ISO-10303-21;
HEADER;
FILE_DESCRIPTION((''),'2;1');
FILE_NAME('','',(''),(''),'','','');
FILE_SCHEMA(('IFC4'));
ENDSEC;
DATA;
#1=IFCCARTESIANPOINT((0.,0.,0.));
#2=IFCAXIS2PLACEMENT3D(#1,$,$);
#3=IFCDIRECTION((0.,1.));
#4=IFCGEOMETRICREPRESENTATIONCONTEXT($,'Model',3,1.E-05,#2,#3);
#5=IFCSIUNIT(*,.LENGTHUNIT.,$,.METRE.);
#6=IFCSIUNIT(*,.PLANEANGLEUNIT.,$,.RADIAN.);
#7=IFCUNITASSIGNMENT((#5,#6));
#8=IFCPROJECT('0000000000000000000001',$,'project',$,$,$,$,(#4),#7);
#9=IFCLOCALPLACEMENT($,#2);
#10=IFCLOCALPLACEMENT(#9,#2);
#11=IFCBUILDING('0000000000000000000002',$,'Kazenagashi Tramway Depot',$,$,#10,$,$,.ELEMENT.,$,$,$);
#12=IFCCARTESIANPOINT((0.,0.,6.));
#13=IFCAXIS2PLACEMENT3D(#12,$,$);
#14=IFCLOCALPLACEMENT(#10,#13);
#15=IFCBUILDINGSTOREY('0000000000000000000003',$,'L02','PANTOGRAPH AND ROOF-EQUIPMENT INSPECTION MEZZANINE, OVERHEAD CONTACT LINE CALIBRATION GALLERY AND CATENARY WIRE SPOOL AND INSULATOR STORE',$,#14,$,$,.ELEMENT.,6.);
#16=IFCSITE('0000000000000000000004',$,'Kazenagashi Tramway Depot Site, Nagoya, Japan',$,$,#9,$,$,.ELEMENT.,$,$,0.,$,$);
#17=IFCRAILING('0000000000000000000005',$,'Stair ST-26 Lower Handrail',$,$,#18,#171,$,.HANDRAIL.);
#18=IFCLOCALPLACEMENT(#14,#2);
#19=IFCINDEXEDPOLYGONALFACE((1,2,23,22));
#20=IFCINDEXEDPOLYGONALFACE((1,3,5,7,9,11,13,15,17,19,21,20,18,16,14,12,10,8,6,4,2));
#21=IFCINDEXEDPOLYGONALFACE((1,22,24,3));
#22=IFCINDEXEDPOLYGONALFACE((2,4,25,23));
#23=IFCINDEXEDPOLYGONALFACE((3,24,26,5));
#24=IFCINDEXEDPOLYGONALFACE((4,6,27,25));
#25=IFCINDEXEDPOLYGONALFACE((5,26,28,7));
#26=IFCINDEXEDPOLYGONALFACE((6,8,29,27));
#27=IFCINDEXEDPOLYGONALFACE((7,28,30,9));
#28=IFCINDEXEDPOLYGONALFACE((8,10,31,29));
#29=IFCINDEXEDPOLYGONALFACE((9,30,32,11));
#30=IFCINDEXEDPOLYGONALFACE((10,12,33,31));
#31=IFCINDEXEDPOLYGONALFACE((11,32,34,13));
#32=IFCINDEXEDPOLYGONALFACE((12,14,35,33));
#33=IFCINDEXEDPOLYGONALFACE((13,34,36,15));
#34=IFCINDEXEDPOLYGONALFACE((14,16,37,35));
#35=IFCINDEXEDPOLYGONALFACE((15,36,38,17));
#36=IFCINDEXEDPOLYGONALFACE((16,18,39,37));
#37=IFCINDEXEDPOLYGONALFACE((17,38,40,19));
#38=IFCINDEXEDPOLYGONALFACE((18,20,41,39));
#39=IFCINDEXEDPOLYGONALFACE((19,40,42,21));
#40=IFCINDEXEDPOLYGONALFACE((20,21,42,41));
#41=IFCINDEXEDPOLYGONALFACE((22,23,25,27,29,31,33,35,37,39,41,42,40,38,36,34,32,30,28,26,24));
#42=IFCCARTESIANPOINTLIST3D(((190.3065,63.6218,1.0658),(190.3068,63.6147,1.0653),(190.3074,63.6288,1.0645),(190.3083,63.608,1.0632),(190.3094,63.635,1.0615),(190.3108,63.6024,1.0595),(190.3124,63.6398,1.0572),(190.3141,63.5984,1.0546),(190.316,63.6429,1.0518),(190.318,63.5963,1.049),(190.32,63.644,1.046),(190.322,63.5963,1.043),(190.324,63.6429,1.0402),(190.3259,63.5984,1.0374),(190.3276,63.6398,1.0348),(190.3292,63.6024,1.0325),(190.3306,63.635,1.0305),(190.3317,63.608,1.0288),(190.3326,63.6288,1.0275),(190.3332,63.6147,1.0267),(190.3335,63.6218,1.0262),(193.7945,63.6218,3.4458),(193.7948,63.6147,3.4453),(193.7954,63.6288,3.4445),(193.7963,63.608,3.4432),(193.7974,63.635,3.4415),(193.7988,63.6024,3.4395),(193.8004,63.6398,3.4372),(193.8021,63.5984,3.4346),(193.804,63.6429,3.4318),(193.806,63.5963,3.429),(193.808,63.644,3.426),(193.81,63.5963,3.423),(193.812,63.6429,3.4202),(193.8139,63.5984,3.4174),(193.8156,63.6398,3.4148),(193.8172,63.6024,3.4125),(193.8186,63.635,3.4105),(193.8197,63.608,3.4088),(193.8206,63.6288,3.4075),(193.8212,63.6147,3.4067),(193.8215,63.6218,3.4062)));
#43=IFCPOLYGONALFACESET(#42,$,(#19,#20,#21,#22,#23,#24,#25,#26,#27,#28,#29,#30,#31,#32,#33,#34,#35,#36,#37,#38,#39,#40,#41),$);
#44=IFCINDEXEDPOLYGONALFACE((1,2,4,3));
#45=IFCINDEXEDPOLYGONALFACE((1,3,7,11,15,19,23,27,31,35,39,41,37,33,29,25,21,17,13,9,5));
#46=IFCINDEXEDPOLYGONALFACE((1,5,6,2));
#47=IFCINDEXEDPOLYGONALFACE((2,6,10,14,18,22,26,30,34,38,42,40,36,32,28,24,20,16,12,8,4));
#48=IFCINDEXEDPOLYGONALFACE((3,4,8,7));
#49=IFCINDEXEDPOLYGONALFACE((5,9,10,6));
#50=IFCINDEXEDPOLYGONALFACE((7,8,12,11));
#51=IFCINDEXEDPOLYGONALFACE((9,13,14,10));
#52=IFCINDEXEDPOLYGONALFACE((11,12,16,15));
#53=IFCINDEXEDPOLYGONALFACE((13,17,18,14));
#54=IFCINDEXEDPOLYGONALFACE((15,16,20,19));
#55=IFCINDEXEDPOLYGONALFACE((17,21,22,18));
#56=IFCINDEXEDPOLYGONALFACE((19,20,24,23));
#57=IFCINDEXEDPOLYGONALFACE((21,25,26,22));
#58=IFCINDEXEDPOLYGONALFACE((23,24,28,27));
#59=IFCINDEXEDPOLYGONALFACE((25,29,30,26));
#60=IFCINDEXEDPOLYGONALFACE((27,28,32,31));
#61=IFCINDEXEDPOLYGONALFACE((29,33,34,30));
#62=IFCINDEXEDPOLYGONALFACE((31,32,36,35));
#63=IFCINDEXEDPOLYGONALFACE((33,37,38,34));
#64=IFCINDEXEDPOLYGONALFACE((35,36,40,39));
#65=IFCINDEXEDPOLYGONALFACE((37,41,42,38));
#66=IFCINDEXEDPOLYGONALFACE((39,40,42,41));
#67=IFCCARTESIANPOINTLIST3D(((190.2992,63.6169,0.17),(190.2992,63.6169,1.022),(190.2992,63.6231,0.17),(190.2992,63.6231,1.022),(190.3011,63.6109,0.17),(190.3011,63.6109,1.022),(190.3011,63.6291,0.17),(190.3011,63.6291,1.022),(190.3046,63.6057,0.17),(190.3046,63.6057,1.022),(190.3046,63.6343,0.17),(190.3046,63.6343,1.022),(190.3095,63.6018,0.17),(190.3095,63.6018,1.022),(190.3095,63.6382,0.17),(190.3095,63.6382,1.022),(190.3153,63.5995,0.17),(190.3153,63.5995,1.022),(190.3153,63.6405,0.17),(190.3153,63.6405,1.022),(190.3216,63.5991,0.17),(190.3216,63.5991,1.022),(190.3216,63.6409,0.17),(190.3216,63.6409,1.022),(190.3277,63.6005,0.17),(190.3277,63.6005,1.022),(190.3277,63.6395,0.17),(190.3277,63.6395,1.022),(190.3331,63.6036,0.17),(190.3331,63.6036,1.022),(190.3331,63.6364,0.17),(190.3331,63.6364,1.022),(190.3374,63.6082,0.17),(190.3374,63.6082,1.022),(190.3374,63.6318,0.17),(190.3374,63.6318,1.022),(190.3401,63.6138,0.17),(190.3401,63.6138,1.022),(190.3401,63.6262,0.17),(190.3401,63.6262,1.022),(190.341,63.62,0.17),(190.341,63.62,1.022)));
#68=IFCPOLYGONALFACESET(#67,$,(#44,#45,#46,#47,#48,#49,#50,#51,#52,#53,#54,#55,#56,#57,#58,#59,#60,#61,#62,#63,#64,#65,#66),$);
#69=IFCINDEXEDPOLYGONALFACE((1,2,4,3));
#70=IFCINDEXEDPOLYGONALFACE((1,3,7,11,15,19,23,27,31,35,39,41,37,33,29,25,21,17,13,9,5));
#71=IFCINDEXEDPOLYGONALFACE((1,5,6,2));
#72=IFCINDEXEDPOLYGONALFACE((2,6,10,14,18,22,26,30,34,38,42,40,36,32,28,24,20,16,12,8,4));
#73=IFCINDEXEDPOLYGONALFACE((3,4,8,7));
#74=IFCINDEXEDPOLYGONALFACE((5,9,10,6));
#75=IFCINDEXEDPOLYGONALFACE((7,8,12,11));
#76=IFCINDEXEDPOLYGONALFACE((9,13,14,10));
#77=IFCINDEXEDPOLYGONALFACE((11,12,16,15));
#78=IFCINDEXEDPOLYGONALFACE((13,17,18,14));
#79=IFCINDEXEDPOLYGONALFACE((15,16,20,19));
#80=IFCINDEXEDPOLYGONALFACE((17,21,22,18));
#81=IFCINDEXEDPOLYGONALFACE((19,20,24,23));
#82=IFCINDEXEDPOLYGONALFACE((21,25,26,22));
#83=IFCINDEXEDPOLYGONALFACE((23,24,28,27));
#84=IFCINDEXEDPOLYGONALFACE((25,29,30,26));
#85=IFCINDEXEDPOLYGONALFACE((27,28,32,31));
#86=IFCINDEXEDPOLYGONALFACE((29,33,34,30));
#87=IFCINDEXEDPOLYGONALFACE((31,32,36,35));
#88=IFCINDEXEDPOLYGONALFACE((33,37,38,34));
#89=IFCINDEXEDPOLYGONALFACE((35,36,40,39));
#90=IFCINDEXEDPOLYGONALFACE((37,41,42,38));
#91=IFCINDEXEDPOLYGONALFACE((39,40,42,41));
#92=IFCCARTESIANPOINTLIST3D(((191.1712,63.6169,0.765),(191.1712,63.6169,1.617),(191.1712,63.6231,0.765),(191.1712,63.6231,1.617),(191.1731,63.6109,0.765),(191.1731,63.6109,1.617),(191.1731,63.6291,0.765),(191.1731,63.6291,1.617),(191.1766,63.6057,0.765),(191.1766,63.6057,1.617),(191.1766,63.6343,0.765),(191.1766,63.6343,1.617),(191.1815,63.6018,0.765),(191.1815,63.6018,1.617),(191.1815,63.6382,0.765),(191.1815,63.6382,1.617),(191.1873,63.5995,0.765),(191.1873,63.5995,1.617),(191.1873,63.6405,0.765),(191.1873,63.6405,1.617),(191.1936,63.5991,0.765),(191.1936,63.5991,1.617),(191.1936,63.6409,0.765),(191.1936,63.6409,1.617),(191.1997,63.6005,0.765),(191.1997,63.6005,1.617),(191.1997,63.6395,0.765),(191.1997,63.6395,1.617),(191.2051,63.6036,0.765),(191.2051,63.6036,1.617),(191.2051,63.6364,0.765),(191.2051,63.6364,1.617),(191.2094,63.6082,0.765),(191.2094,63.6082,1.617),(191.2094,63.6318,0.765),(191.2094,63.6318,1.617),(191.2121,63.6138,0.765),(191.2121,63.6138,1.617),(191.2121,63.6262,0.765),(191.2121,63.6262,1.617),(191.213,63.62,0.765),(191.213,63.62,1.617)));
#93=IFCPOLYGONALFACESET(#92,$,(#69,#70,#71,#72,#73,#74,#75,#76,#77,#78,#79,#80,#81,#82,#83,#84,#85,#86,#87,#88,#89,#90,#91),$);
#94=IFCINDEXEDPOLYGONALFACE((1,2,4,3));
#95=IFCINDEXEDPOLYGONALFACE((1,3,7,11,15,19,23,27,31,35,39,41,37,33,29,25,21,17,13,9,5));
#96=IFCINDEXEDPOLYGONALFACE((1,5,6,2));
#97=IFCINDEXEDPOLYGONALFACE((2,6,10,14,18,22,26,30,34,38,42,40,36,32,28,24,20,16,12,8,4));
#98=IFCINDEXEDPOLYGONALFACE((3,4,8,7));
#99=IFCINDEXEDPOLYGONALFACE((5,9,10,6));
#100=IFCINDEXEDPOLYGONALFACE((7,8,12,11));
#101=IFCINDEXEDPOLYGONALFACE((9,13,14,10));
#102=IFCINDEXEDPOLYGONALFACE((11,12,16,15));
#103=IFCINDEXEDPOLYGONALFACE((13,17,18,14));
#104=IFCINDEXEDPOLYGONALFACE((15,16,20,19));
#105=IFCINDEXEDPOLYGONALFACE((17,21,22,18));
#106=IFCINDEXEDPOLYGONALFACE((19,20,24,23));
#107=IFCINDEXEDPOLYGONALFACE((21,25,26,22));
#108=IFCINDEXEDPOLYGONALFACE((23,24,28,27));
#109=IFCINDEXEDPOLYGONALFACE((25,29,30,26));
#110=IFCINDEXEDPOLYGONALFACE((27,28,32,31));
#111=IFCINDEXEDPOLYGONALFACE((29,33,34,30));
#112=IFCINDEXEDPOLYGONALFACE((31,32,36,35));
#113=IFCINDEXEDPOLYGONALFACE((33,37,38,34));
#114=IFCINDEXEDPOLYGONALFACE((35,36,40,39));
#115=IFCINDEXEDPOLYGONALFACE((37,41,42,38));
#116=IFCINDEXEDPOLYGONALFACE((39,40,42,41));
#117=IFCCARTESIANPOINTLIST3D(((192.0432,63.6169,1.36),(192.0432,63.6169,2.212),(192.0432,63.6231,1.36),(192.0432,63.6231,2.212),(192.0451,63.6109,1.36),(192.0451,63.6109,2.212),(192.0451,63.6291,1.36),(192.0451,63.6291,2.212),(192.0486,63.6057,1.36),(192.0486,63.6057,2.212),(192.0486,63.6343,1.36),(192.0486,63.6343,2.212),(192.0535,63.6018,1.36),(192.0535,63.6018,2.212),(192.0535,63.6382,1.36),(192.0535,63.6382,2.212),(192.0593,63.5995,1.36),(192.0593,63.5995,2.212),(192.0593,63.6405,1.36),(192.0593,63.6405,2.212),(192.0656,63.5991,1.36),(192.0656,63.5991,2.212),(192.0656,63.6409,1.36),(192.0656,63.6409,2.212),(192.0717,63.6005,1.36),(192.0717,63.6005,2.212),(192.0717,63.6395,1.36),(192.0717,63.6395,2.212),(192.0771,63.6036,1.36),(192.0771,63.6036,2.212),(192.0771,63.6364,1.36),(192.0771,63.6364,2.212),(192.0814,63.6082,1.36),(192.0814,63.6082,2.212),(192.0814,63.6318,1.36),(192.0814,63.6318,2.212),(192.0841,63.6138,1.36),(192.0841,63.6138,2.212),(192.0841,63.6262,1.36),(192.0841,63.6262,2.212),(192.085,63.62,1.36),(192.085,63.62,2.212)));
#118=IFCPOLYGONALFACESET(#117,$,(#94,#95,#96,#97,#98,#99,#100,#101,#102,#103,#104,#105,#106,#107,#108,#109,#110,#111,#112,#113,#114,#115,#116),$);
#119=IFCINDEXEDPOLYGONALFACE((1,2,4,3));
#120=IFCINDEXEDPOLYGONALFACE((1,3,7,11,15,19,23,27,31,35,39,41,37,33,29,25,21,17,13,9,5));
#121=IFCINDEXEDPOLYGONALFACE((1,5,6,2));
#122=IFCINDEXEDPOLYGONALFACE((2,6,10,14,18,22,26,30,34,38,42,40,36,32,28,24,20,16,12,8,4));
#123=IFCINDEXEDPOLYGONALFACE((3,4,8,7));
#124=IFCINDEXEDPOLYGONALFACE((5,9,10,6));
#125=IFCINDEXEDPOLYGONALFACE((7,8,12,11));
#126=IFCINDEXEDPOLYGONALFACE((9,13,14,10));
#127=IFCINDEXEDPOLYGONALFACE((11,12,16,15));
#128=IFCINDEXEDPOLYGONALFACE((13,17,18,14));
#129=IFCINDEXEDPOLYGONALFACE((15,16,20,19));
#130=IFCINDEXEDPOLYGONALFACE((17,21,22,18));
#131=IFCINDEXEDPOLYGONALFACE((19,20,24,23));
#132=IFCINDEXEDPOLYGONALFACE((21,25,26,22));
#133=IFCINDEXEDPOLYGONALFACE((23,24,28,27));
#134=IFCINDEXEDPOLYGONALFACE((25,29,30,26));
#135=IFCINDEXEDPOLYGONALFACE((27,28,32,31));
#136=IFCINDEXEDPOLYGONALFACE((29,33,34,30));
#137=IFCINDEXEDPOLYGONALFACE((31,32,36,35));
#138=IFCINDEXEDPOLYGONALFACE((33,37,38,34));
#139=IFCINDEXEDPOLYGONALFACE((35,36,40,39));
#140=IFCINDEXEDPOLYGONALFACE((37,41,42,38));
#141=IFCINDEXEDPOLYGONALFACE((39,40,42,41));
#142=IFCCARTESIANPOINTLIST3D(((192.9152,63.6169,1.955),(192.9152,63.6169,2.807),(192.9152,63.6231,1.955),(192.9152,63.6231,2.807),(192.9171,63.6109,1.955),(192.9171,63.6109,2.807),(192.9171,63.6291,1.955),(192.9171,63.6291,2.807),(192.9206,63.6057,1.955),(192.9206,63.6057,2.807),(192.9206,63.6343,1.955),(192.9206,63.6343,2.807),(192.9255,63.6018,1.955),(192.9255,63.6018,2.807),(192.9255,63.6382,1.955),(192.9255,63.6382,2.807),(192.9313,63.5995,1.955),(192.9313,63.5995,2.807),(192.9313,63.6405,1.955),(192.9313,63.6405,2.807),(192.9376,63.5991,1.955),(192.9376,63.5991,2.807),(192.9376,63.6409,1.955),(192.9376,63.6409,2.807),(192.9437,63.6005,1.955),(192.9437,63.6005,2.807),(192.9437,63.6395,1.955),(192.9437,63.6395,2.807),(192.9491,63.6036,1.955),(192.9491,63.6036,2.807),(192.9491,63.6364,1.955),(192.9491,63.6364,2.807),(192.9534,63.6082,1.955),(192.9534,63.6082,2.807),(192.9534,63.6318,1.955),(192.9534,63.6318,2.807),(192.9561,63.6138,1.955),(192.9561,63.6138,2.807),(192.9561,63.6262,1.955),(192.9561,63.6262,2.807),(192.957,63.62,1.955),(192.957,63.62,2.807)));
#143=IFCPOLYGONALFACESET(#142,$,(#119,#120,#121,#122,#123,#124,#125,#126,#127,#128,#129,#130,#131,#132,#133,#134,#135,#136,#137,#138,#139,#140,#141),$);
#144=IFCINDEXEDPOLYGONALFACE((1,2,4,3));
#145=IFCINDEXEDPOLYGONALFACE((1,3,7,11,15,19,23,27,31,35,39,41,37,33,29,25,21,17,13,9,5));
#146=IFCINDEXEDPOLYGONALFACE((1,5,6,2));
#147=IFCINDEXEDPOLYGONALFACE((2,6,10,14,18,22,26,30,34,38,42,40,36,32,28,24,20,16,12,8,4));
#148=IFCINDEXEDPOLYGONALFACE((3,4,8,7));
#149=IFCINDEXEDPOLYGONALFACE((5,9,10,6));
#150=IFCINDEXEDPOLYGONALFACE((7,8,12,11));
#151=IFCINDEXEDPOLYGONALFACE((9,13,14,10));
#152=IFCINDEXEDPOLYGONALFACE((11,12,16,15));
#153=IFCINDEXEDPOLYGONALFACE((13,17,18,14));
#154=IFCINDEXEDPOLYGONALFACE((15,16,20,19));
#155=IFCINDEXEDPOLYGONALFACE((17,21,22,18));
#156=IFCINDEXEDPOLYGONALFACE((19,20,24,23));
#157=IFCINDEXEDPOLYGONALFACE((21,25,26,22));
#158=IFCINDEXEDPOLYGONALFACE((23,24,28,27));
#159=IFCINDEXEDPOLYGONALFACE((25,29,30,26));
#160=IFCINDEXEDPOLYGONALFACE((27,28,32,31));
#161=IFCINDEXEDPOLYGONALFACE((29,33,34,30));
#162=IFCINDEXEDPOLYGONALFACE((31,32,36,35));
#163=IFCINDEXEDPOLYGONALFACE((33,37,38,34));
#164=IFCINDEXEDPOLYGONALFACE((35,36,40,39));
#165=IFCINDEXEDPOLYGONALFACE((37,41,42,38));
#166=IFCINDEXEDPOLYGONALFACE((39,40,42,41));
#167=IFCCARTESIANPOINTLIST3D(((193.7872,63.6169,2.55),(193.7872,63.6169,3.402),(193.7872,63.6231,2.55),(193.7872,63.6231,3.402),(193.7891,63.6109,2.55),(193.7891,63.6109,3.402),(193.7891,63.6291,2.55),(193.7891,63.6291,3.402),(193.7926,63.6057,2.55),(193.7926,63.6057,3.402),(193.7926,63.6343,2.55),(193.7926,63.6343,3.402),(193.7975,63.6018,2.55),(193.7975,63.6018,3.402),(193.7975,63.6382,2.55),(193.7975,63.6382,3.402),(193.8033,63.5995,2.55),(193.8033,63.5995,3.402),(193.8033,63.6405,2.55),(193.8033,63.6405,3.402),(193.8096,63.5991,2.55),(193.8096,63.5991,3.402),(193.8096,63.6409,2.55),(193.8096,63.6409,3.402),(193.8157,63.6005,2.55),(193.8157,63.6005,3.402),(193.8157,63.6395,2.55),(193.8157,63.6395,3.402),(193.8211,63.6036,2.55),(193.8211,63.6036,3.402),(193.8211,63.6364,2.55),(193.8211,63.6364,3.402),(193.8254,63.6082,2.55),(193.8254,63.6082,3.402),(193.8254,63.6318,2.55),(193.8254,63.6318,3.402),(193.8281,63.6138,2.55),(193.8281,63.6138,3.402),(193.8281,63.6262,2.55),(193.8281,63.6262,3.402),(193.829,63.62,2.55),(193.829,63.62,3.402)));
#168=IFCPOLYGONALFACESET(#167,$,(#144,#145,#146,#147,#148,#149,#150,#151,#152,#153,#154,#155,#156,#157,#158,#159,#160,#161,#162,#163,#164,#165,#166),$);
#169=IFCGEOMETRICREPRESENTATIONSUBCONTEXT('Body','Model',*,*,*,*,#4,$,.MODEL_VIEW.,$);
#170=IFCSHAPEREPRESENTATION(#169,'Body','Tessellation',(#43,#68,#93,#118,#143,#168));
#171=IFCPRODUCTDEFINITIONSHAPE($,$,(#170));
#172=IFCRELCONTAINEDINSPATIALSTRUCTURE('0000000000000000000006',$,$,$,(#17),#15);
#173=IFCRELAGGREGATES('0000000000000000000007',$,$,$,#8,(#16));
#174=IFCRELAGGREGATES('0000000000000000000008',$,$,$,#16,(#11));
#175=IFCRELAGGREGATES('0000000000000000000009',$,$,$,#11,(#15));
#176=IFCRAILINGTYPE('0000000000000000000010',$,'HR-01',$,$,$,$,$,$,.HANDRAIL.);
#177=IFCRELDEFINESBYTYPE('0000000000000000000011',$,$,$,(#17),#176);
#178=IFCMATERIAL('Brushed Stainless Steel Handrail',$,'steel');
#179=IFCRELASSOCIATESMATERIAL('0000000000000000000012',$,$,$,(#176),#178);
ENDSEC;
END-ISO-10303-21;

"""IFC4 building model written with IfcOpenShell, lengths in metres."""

from ifc_helpers import new_model, si_unit, direction, frame, origin, origin_2d, place, context, subcontext, project, spatial, circle, extrude, material, type_object, element, save


model = new_model("IFC4")

# Units and contexts
model_context = context("Model", 3, precision=1e-05, world=origin(), true_north=direction((0.0, 1.0)))
body_context = subcontext(model_context, "Body", "Model", "MODEL_VIEW")
ifc_project = project(units=[si_unit("LENGTHUNIT", "METRE"), si_unit("PLANEANGLEUNIT", "RADIAN")], contexts=[model_context])

# Site, building, storey
site_placement = place(None, origin())
site = spatial("IfcSite", under=ifc_project, at=site_placement, Name="Kazenagashi Tramway Depot Site, Nagoya, Japan", CompositionType="ELEMENT", RefElevation=0.0)
building_placement = place(site_placement, origin())
building = spatial("IfcBuilding", under=site, at=building_placement, Name="Kazenagashi Tramway Depot", CompositionType="ELEMENT")
storey_placement = place(building_placement, frame((0.0, 0.0, 6.0)))
storey = spatial("IfcBuildingStorey", under=building, at=storey_placement, Name="L02", Description="PANTOGRAPH AND ROOF-EQUIPMENT INSPECTION MEZZANINE, OVERHEAD CONTACT LINE CALIBRATION GALLERY AND CATENARY WIRE SPOOL AND INSULATOR STORE", CompositionType="ELEMENT", Elevation=6.0)

# Railing
ifc_material_1 = material(Name="Brushed Stainless Steel Handrail", Category="steel")
railing_type = type_object("IfcRailingType", Name="HR-01", PredefinedType="HANDRAIL", material=ifc_material_1)
railing_1_placement = place(storey_placement, frame((190.32, 63.62, 0.17)))
element("IfcRailing", 1, at=railing_1_placement, inside=storey, type_object=railing_type, Name="Stair ST-26 Lower Handrail", PredefinedType="HANDRAIL", context=body_context, shape_type="SweptSolid", body=[
    extrude(circle(Radius=0.024, at=origin_2d()), frame((0.0, 0.0, 0.876), z_axis=(0.826027, 0.0, 0.563631), x_axis=(0.0, 1.0, 0.0)), (0.0, 0.0, 1.0), 4.2226),
    extrude(circle(Radius=0.021, at=origin_2d()), origin(), (0.0, 0.0, 1.0), 0.852),
    extrude(circle(Radius=0.021, at=origin_2d()), frame((0.872, 0.0, 0.595)), (0.0, 0.0, 1.0), 0.852),
    extrude(circle(Radius=0.021, at=origin_2d()), frame((1.744, 0.0, 1.19)), (0.0, 0.0, 1.0), 0.852),
    extrude(circle(Radius=0.021, at=origin_2d()), frame((2.616, 0.0, 1.785)), (0.0, 0.0, 1.0), 0.852),
    extrude(circle(Radius=0.021, at=origin_2d()), frame((3.488, 0.0, 2.38)), (0.0, 0.0, 1.0), 0.852),
])

save(model, "model.ifc")
